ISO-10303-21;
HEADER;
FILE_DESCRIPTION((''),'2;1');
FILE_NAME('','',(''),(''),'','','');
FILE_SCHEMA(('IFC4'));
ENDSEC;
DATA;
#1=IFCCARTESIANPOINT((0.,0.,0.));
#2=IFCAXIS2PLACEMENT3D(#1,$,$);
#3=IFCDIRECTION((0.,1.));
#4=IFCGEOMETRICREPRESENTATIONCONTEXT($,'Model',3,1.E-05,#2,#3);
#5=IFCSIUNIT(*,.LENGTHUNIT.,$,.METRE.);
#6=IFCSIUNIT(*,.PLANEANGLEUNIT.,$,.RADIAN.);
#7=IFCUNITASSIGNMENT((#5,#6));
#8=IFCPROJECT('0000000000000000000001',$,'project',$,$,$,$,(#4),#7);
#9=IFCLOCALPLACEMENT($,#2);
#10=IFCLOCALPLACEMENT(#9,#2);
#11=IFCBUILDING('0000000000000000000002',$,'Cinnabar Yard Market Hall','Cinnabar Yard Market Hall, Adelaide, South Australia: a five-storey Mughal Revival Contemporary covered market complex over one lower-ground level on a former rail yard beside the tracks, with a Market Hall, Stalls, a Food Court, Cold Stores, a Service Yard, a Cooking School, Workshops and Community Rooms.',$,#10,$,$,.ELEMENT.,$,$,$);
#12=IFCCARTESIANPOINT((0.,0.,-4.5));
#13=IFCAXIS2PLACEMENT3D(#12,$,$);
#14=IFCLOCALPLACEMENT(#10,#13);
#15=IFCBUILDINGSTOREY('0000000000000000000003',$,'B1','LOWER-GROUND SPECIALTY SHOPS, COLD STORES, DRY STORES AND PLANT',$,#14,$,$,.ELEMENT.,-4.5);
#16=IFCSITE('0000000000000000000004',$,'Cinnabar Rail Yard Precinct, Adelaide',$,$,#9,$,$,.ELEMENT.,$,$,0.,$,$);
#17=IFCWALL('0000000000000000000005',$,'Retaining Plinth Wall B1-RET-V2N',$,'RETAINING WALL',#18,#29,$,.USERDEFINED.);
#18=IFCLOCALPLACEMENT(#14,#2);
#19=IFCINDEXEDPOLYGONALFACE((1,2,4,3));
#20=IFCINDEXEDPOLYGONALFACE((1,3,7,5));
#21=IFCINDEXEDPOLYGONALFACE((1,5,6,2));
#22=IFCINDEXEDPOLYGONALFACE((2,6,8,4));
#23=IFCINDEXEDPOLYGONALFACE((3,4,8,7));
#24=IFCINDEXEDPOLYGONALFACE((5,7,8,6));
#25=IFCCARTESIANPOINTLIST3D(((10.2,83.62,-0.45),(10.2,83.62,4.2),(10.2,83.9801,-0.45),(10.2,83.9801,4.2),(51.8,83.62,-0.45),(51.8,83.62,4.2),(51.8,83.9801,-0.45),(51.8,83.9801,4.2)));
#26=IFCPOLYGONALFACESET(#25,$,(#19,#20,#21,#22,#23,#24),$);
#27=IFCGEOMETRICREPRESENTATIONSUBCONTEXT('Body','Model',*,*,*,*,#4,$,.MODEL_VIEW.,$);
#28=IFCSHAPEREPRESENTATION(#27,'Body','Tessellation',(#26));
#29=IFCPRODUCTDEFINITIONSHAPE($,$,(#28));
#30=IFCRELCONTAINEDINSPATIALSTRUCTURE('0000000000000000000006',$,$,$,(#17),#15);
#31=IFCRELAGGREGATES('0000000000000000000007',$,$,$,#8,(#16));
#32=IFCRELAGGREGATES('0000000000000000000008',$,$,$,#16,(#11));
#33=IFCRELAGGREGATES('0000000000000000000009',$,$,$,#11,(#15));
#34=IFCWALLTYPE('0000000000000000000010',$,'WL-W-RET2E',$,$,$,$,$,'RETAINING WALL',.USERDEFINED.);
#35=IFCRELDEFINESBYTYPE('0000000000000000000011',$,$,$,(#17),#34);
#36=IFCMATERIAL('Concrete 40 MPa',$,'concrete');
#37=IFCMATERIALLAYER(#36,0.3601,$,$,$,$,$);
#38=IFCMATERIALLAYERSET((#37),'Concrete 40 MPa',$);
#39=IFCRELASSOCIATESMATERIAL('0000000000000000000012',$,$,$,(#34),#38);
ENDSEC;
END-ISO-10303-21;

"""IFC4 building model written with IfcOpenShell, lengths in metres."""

from ifc_helpers import new_model, si_unit, direction, frame, frame_2d, origin, place, context, subcontext, project, spatial, rectangle, extrude, material, layer, layer_set, type_object, element, save


model = new_model("IFC4")

# Units and contexts
model_context = context("Model", 3, precision=1e-05, world=origin(), true_north=direction((0.0, 1.0)))
body_context = subcontext(model_context, "Body", "Model", "MODEL_VIEW")
ifc_project = project(units=[si_unit("LENGTHUNIT", "METRE"), si_unit("PLANEANGLEUNIT", "RADIAN")], contexts=[model_context])

# Site, building, storey
site_placement = place(None, origin())
site = spatial("IfcSite", under=ifc_project, at=site_placement, Name="Cinnabar Rail Yard Precinct, Adelaide", CompositionType="ELEMENT", RefElevation=0.0)
building_placement = place(site_placement, origin())
building = spatial("IfcBuilding", under=site, at=building_placement, Name="Cinnabar Yard Market Hall", Description="Cinnabar Yard Market Hall, Adelaide, South Australia: a five-storey Mughal Revival Contemporary covered market complex over one lower-ground level on a former rail yard beside the tracks, with a Market Hall, Stalls, a Food Court, Cold Stores, a Service Yard, a Cooking School, Workshops and Community Rooms.", CompositionType="ELEMENT")
storey_placement = place(building_placement, frame((0.0, 0.0, -4.5)))
storey = spatial("IfcBuildingStorey", under=building, at=storey_placement, Name="B1", Description="LOWER-GROUND SPECIALTY SHOPS, COLD STORES, DRY STORES AND PLANT", CompositionType="ELEMENT", Elevation=-4.5)

# Shared definitions
ifc_material_1 = material(Name="Concrete 40 MPa", Category="concrete")

# Wall
ifc_layer_1 = layer(ifc_material_1, 0.3601)
ifc_layer_set_1 = layer_set([ifc_layer_1], Name="Concrete 40 MPa")
wall_type = type_object("IfcWallType", Name="WL-W-RET2E", ElementType="RETAINING WALL", PredefinedType="USERDEFINED", material=ifc_layer_set_1)
wall_placement = place(storey_placement, frame((51.8, 83.8, -0.45), z_axis=(0.0, 0.0, 1.0), x_axis=(-1.0, 0.0, 0.0)))
element("IfcWall", 1, at=wall_placement, inside=storey, type_object=wall_type, Name="Retaining Plinth Wall B1-RET-V2N", ObjectType="RETAINING WALL", PredefinedType="USERDEFINED", context=body_context, shape_type="SweptSolid", body=[
    extrude(rectangle(XDim=41.6001, YDim=0.3601, at=frame_2d((20.8, 0.0), x_axis=(1.0, 0.0))), origin(), (0.0, 0.0, 1.0), 4.6499),
])

save(model, "model.ifc")
